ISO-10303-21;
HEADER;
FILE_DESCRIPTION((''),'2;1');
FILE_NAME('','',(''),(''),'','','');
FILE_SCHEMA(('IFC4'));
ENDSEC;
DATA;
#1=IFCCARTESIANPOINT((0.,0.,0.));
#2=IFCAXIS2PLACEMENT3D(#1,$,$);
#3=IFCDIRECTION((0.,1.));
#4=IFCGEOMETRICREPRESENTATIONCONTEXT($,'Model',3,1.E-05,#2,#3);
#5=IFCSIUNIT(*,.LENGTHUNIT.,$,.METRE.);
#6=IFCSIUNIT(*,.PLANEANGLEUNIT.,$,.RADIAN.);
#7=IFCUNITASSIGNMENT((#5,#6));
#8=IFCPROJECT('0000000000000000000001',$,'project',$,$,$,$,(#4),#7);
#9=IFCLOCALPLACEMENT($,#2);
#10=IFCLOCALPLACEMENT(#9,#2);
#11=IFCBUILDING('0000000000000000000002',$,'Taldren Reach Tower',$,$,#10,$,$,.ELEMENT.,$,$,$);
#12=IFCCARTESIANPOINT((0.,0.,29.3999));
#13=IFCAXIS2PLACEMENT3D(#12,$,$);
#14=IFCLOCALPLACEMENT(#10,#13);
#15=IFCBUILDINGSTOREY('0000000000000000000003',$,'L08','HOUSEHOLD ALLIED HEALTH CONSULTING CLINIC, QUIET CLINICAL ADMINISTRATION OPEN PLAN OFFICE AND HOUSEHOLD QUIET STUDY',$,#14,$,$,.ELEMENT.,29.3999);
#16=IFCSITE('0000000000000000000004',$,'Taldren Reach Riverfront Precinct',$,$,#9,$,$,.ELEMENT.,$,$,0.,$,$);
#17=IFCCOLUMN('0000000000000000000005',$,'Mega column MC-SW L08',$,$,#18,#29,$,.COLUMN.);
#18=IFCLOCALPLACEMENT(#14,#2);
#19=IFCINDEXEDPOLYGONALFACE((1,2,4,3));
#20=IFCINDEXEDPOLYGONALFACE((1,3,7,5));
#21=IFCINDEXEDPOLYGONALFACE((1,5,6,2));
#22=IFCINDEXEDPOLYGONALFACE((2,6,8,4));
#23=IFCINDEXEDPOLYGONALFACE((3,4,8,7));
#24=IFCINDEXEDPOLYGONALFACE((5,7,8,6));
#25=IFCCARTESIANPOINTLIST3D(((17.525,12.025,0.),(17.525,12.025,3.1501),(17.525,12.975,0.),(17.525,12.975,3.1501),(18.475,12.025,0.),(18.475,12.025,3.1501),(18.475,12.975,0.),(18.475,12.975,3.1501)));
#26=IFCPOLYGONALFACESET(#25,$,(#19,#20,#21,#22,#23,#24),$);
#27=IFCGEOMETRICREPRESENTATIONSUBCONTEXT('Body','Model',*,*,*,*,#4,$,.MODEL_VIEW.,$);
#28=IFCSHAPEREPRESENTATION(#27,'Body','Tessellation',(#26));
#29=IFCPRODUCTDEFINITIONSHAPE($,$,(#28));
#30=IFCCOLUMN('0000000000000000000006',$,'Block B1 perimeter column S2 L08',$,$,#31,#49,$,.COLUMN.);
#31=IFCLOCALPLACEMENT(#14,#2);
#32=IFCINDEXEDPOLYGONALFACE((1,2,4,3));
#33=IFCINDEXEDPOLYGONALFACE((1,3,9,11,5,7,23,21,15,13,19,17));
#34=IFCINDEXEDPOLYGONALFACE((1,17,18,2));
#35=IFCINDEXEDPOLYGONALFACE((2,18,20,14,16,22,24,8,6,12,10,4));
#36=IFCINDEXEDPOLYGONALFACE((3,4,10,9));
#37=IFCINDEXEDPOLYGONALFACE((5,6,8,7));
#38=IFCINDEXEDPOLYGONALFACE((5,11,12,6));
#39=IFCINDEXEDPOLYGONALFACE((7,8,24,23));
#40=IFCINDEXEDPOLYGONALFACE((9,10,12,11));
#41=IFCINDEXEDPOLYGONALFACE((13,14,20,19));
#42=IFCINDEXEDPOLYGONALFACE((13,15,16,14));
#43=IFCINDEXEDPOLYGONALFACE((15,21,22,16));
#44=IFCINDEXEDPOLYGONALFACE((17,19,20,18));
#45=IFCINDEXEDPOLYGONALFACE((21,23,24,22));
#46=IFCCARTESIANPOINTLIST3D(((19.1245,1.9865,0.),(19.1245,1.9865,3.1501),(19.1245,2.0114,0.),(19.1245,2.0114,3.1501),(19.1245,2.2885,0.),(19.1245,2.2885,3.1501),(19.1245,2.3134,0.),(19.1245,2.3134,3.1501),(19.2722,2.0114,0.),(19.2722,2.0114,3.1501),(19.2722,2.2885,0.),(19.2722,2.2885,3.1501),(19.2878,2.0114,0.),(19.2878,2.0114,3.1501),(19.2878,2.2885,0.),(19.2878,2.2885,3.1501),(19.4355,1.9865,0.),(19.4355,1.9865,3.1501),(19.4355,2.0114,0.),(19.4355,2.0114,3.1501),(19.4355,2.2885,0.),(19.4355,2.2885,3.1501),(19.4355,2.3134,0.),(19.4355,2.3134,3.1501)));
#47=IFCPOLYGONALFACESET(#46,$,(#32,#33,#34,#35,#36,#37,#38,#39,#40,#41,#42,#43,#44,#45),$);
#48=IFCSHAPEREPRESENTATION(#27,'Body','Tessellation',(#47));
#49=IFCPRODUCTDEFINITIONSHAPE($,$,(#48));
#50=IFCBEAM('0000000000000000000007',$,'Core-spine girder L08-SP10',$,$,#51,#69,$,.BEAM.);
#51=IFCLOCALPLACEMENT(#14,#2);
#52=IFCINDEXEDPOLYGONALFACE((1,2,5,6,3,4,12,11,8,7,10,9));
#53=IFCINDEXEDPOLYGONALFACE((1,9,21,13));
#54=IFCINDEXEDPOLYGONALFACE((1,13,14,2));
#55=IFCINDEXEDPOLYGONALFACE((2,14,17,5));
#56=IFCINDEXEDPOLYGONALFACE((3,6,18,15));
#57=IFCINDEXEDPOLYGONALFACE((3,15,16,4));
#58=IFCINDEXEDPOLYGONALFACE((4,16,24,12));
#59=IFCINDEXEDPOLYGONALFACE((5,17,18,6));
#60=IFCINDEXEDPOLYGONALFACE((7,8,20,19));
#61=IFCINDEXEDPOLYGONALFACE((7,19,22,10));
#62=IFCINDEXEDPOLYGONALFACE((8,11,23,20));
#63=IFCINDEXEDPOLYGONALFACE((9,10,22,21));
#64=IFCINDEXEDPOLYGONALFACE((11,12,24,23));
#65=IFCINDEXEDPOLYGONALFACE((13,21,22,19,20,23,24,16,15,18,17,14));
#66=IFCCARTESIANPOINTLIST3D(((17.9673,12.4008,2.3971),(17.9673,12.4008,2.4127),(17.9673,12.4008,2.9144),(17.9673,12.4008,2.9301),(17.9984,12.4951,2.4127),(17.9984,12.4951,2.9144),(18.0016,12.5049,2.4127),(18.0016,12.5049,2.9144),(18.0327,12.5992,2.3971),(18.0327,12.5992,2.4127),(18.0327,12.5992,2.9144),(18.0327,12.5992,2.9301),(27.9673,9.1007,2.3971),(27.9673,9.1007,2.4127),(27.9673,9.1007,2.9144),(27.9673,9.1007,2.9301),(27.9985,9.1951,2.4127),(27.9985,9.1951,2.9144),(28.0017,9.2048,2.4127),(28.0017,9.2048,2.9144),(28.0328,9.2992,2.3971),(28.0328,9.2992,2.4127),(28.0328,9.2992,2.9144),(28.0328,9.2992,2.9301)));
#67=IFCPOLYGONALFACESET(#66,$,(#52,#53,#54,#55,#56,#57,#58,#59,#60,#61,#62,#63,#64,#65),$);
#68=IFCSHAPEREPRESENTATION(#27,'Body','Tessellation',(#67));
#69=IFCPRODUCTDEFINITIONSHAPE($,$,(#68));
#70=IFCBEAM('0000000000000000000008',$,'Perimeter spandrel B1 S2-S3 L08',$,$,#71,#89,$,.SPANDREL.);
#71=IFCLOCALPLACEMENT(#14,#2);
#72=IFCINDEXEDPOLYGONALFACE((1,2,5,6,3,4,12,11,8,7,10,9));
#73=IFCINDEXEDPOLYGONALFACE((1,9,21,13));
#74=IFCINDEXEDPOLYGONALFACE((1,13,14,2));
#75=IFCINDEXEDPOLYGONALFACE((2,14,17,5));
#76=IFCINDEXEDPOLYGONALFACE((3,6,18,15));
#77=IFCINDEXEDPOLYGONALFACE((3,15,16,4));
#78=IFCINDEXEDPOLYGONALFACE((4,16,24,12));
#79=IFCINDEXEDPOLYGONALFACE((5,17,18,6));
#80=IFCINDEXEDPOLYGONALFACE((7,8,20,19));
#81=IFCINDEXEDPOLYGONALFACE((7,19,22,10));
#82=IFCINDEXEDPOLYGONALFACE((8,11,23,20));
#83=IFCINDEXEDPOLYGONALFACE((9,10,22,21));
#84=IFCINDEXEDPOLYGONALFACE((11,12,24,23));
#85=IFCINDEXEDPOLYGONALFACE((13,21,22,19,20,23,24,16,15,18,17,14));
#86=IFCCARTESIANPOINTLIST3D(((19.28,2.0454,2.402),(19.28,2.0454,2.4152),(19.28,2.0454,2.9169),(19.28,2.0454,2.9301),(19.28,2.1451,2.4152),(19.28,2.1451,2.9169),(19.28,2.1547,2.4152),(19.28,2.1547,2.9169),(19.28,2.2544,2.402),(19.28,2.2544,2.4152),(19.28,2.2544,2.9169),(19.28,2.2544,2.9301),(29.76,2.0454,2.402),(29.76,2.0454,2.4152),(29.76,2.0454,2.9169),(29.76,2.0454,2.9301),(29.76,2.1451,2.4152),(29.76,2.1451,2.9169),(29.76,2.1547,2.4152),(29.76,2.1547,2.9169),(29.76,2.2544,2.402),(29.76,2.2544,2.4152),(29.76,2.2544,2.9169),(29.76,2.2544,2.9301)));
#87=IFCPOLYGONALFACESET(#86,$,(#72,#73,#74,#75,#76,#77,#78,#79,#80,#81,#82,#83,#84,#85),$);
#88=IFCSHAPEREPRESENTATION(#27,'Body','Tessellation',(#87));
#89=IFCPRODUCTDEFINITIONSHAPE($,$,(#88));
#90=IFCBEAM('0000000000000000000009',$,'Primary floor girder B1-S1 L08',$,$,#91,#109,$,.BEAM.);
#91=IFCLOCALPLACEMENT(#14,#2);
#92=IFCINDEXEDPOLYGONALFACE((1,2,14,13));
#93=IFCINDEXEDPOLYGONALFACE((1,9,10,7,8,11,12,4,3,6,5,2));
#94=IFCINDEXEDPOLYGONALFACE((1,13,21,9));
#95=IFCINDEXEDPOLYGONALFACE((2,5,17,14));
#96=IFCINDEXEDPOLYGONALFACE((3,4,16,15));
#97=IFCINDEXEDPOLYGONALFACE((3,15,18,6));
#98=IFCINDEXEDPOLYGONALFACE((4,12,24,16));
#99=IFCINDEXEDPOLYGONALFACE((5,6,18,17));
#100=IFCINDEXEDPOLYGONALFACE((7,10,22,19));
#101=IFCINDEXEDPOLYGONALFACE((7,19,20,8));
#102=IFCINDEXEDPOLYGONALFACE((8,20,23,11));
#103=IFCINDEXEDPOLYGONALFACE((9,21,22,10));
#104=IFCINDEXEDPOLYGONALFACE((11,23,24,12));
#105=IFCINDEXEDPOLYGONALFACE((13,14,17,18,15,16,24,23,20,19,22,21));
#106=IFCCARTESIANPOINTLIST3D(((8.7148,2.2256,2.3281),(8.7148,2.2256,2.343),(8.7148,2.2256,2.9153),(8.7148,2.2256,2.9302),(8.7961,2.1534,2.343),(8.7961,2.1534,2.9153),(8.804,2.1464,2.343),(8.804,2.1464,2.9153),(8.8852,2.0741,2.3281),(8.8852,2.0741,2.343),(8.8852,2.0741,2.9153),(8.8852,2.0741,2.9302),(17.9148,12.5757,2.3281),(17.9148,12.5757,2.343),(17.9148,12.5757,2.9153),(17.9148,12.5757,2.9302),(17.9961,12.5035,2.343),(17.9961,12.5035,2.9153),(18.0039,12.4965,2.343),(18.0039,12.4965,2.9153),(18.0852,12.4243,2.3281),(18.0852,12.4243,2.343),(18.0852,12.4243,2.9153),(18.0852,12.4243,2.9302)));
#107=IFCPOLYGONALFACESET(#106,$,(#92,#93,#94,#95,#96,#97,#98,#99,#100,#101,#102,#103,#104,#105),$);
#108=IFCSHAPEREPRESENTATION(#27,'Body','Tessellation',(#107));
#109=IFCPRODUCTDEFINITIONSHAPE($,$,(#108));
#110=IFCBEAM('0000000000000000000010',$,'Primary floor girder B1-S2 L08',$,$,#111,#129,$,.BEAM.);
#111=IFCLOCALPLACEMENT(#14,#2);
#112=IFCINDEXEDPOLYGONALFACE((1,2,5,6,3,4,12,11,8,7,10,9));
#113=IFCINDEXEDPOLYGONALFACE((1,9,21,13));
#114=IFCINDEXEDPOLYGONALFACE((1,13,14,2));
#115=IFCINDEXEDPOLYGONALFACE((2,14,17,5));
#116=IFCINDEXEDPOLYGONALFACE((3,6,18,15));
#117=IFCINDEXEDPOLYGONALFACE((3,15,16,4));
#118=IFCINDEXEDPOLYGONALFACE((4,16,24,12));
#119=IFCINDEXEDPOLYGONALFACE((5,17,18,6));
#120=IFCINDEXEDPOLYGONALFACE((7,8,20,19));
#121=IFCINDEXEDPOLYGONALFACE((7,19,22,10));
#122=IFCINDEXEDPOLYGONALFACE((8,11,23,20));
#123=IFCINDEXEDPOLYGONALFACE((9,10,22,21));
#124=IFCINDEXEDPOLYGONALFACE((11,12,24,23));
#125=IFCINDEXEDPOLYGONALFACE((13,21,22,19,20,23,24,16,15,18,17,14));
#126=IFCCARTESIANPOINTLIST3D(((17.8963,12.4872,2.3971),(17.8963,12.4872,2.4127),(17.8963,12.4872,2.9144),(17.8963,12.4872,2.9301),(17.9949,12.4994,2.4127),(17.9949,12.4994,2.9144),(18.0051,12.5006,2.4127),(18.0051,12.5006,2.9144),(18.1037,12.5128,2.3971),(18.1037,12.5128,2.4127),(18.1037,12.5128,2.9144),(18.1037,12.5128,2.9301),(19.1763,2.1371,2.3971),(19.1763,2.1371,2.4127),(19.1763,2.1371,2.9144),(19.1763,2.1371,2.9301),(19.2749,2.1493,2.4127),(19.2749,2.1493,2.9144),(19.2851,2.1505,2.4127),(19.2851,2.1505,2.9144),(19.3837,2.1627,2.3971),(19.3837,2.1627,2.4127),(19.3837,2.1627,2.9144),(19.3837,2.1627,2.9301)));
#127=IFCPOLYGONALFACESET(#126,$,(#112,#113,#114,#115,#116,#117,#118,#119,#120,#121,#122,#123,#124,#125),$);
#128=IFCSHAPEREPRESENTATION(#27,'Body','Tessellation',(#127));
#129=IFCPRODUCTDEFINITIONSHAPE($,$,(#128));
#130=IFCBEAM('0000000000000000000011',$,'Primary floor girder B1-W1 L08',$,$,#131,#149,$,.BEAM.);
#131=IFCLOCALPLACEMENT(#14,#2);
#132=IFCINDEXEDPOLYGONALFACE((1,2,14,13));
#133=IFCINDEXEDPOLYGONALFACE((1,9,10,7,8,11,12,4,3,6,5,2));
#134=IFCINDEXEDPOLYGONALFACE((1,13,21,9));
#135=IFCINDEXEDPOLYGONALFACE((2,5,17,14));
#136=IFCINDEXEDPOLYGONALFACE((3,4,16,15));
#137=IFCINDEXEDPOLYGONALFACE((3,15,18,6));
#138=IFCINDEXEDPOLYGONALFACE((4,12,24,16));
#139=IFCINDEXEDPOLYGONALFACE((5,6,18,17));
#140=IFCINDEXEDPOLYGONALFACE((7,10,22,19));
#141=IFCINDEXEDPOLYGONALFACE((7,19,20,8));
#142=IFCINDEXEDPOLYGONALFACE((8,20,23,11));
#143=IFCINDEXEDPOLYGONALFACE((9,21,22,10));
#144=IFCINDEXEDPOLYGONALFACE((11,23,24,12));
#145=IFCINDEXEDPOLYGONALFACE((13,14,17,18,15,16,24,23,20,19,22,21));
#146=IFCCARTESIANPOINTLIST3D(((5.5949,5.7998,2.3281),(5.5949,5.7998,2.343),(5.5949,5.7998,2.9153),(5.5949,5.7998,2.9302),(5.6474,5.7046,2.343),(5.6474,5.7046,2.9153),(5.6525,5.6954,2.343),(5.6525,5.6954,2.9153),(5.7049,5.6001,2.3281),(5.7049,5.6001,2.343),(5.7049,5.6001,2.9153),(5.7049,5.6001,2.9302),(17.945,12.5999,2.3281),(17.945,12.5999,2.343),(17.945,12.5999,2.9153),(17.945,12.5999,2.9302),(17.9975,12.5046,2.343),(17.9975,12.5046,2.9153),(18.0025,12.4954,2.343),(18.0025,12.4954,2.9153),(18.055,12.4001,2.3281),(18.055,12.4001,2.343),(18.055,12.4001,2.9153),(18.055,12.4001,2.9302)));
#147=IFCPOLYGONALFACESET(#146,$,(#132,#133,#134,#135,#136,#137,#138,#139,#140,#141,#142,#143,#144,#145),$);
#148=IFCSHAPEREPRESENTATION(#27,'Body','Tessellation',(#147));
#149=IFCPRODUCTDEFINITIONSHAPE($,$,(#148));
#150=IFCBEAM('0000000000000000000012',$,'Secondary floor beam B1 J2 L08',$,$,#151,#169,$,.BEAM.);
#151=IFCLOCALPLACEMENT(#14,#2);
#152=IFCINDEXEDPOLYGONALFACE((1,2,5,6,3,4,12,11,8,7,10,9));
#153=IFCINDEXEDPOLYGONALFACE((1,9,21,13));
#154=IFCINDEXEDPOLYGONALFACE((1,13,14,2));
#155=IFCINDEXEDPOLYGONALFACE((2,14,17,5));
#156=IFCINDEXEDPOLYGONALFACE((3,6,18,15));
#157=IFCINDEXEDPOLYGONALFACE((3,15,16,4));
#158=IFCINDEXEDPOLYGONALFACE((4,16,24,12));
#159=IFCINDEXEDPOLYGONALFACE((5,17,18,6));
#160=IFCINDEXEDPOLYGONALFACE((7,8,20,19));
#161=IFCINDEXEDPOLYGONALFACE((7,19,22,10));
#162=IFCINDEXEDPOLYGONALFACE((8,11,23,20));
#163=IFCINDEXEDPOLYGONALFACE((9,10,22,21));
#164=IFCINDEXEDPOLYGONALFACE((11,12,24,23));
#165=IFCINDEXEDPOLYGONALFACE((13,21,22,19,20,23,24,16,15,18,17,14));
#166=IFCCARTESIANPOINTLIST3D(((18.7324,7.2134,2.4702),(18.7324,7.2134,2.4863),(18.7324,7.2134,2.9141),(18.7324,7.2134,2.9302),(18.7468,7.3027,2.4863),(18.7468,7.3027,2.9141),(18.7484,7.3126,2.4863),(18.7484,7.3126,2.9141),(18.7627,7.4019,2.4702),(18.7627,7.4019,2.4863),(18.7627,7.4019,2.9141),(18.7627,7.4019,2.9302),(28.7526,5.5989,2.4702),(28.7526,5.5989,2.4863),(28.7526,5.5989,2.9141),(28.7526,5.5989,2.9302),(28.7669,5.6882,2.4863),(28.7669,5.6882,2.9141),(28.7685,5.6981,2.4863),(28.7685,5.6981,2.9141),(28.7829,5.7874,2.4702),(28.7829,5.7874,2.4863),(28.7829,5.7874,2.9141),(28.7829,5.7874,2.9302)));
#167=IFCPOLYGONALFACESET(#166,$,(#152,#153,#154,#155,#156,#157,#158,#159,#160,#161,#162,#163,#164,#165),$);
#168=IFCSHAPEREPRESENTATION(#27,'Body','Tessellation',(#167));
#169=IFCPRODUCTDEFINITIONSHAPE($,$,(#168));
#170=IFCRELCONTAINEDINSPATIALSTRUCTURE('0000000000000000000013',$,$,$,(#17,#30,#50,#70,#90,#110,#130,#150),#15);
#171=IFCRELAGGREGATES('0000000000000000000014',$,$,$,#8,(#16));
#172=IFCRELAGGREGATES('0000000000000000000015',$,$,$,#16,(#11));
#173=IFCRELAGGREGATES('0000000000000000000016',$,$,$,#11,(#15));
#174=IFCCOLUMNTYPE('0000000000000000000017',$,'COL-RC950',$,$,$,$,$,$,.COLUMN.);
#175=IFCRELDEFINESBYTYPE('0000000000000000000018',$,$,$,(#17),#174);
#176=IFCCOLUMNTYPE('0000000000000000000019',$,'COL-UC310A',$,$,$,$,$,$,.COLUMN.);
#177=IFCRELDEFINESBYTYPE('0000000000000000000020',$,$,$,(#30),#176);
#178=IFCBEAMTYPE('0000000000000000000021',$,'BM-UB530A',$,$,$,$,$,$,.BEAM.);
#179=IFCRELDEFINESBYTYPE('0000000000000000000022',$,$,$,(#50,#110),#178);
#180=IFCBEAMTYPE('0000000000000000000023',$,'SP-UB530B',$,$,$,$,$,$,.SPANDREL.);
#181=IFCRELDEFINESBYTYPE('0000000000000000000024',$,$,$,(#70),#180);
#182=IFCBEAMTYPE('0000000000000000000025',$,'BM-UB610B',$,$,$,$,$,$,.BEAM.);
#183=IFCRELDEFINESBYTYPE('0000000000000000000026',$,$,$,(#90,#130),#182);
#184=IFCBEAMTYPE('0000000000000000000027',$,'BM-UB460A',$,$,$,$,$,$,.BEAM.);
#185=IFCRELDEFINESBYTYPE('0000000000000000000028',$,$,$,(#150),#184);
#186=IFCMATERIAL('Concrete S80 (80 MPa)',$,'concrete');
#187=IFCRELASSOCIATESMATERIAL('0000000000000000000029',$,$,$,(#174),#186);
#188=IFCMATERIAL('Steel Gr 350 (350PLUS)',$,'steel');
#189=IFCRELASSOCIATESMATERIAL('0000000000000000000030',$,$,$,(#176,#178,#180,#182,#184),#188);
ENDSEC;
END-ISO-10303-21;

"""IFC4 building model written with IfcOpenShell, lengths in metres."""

from ifc_helpers import new_model, si_unit, direction, frame, origin, origin_2d, place, context, subcontext, project, spatial, rectangle, i_section, extrude, source, transform, mapped, material, material_profile, profile_set, type_object, element, save


model = new_model("IFC4")

# Units and contexts
model_context = context("Model", 3, precision=1e-05, world=origin(), true_north=direction((0.0, 1.0)))
body_context = subcontext(model_context, "Body", "Model", "MODEL_VIEW")
ifc_project = project(units=[si_unit("LENGTHUNIT", "METRE"), si_unit("PLANEANGLEUNIT", "RADIAN")], contexts=[model_context])

# Site, building, storey
site_placement = place(None, origin())
site = spatial("IfcSite", under=ifc_project, at=site_placement, Name="Taldren Reach Riverfront Precinct", CompositionType="ELEMENT", RefElevation=0.0)
building_placement = place(site_placement, origin())
building = spatial("IfcBuilding", under=site, at=building_placement, Name="Taldren Reach Tower", CompositionType="ELEMENT")
storey_placement = place(building_placement, frame((0.0, 0.0, 29.3999)))
storey = spatial("IfcBuildingStorey", under=building, at=storey_placement, Name="L08", Description="HOUSEHOLD ALLIED HEALTH CONSULTING CLINIC, QUIET CLINICAL ADMINISTRATION OPEN PLAN OFFICE AND HOUSEHOLD QUIET STUDY", CompositionType="ELEMENT", Elevation=29.3999)

# Columns
ifc_material_1 = material(Name="Concrete S80 (80 MPa)", Category="concrete")
ifc_material_profile_1 = material_profile(ifc_material_1, rectangle(XDim=0.95, YDim=0.95, at=origin_2d()), Name="RC-950x950")
ifc_profile_set_1 = profile_set([ifc_material_profile_1], Name="Concrete S80 (80 MPa)")
column_type_1 = type_object("IfcColumnType", Name="COL-RC950", PredefinedType="COLUMN", material=ifc_profile_set_1)
shared_shape_1 = source(origin(), body_context, "Body", "SweptSolid", [
    extrude(rectangle(XDim=0.95, YDim=0.95, at=origin_2d()), origin(), (0.0, 0.0, 1.0), 3.1501),
])
column_1_placement = place(storey_placement, frame((18.0, 12.5, 0.0), z_axis=(0.0, 0.0, 1.0), x_axis=(1.0, 0.0, 0.0)))
element("IfcColumn", 1, at=column_1_placement, inside=storey, type_object=column_type_1, Name="Mega column MC-SW L08", PredefinedType="COLUMN", context=body_context, shape_type="MappedRepresentation", body=[
    mapped(shared_shape_1, transform((0.0, 0.0, 0.0), scale=1.0)),
])
ifc_material_2 = material(Name="Steel Gr 350 (350PLUS)", Category="steel")
ifc_material_profile_2 = material_profile(ifc_material_2, i_section(OverallWidth=0.311, OverallDepth=0.3269, WebThickness=0.0156, FlangeThickness=0.0249, at=origin_2d()), Name="310UC158")
ifc_profile_set_2 = profile_set([ifc_material_profile_2], Name="Steel Gr 350 (350PLUS)")
column_type_2 = type_object("IfcColumnType", Name="COL-UC310A", PredefinedType="COLUMN", material=ifc_profile_set_2)
shared_shape_2 = source(origin(), body_context, "Body", "SweptSolid", [
    extrude(i_section(OverallWidth=0.311, OverallDepth=0.3269, WebThickness=0.0156, FlangeThickness=0.0249, at=origin_2d()), origin(), (0.0, 0.0, 1.0), 3.1501),
])
column_2_placement = place(storey_placement, frame((19.28, 2.1499, 0.0), z_axis=(0.0, 0.0, 1.0), x_axis=(1.0, 0.0, 0.0)))
element("IfcColumn", 2, at=column_2_placement, inside=storey, type_object=column_type_2, Name="Block B1 perimeter column S2 L08", PredefinedType="COLUMN", context=body_context, shape_type="MappedRepresentation", body=[
    mapped(shared_shape_2, transform((0.0, 0.0, 0.0), scale=1.0)),
])

# Beams
ifc_material_profile_3 = material_profile(ifc_material_2, i_section(OverallWidth=0.209, OverallDepth=0.533, WebThickness=0.0103, FlangeThickness=0.0156, at=origin_2d()), Name="530UB92.4")
ifc_profile_set_3 = profile_set([ifc_material_profile_3], Name="Steel Gr 350 (350PLUS)")
beam_type_1 = type_object("IfcBeamType", Name="BM-UB530A", PredefinedType="BEAM", material=ifc_profile_set_3)
shared_shape_3 = source(origin(), body_context, "Body", "SweptSolid", [
    extrude(i_section(OverallWidth=0.209, OverallDepth=0.533, WebThickness=0.0103, FlangeThickness=0.0156, at=origin_2d()), origin(), (0.0, 0.0, 1.0), 10.5305),
])
beam_1_placement = place(storey_placement, frame((18.0, 12.5, 2.6636), z_axis=(0.949627, -0.313382, 0.0), x_axis=(0.313382, 0.949627, 0.0)))
element("IfcBeam", 3, at=beam_1_placement, inside=storey, type_object=beam_type_1, Name="Core-spine girder L08-SP10", PredefinedType="BEAM", context=body_context, shape_type="MappedRepresentation", body=[
    mapped(shared_shape_3, transform((0.0, 0.0, 0.0), scale=1.0)),
])
ifc_material_profile_4 = material_profile(ifc_material_2, i_section(OverallWidth=0.209, OverallDepth=0.5281, WebThickness=0.0095, FlangeThickness=0.0132, at=origin_2d()), Name="530UB82.0")
ifc_profile_set_4 = profile_set([ifc_material_profile_4], Name="Steel Gr 350 (350PLUS)")
beam_type_2 = type_object("IfcBeamType", Name="SP-UB530B", PredefinedType="SPANDREL", material=ifc_profile_set_4)
shared_shape_4 = source(origin(), body_context, "Body", "SweptSolid", [
    extrude(i_section(OverallWidth=0.209, OverallDepth=0.5281, WebThickness=0.0095, FlangeThickness=0.0132, at=origin_2d()), origin(), (0.0, 0.0, 1.0), 10.48),
])
beam_2_placement = place(storey_placement, frame((19.28, 2.1499, 2.666), z_axis=(1.0, 0.0, 0.0), x_axis=(0.0, 1.0, 0.0)))
element("IfcBeam", 4, at=beam_2_placement, inside=storey, type_object=beam_type_2, Name="Perimeter spandrel B1 S2-S3 L08", PredefinedType="SPANDREL", context=body_context, shape_type="MappedRepresentation", body=[
    mapped(shared_shape_4, transform((0.0, 0.0, 0.0), scale=1.0)),
])
ifc_material_profile_5 = material_profile(ifc_material_2, i_section(OverallWidth=0.228, OverallDepth=0.6021, WebThickness=0.0105, FlangeThickness=0.0149, at=origin_2d()), Name="610UB101")
ifc_profile_set_5 = profile_set([ifc_material_profile_5], Name="Steel Gr 350 (350PLUS)")
beam_type_3 = type_object("IfcBeamType", Name="BM-UB610B", PredefinedType="BEAM", material=ifc_profile_set_5)
shared_shape_5 = source(origin(), body_context, "Body", "SweptSolid", [
    extrude(i_section(OverallWidth=0.228, OverallDepth=0.6021, WebThickness=0.0105, FlangeThickness=0.0149, at=origin_2d()), origin(), (0.0, 0.0, 1.0), 13.8479),
])
beam_3_placement = place(storey_placement, frame((18.0, 12.5, 2.6292), z_axis=(-0.664358, -0.747414, 0.0), x_axis=(0.747414, -0.664358, 0.0)))
element("IfcBeam", 5, at=beam_3_placement, inside=storey, type_object=beam_type_3, Name="Primary floor girder B1-S1 L08", PredefinedType="BEAM", context=body_context, shape_type="MappedRepresentation", body=[
    mapped(shared_shape_5, transform((0.0, 0.0, 0.0), scale=1.0)),
])
shared_shape_6 = source(origin(), body_context, "Body", "SweptSolid", [
    extrude(i_section(OverallWidth=0.209, OverallDepth=0.533, WebThickness=0.0103, FlangeThickness=0.0156, at=origin_2d()), origin(), (0.0, 0.0, 1.0), 10.429),
])
beam_4_placement = place(storey_placement, frame((18.0, 12.5, 2.6636), z_axis=(0.122738, -0.992439, 0.0), x_axis=(0.992439, 0.122738, 0.0)))
element("IfcBeam", 6, at=beam_4_placement, inside=storey, type_object=beam_type_1, Name="Primary floor girder B1-S2 L08", PredefinedType="BEAM", context=body_context, shape_type="MappedRepresentation", body=[
    mapped(shared_shape_6, transform((0.0, 0.0, 0.0), scale=1.0)),
])
shared_shape_7 = source(origin(), body_context, "Body", "SweptSolid", [
    extrude(i_section(OverallWidth=0.228, OverallDepth=0.6021, WebThickness=0.0105, FlangeThickness=0.0149, at=origin_2d()), origin(), (0.0, 0.0, 1.0), 14.0984),
])
beam_5_placement = place(storey_placement, frame((18.0, 12.5, 2.6292), z_axis=(-0.875991, -0.482327, 0.0), x_axis=(0.482327, -0.875991, 0.0)))
element("IfcBeam", 7, at=beam_5_placement, inside=storey, type_object=beam_type_3, Name="Primary floor girder B1-W1 L08", PredefinedType="BEAM", context=body_context, shape_type="MappedRepresentation", body=[
    mapped(shared_shape_7, transform((0.0, 0.0, 0.0), scale=1.0)),
])
ifc_material_profile_6 = material_profile(ifc_material_2, i_section(OverallWidth=0.1909, OverallDepth=0.46, WebThickness=0.01, FlangeThickness=0.0161, at=origin_2d()), Name="460UB82.1")
ifc_profile_set_6 = profile_set([ifc_material_profile_6], Name="Steel Gr 350 (350PLUS)")
beam_type_4 = type_object("IfcBeamType", Name="BM-UB460A", PredefinedType="BEAM", material=ifc_profile_set_6)
shared_shape_8 = source(origin(), body_context, "Body", "SweptSolid", [
    extrude(i_section(OverallWidth=0.1909, OverallDepth=0.46, WebThickness=0.01, FlangeThickness=0.0161, at=origin_2d()), origin(), (0.0, 0.0, 1.0), 10.1494),
])
beam_6_placement = place(storey_placement, frame((18.7476, 7.3076, 2.7002), z_axis=(0.987267, -0.159072, 0.0), x_axis=(0.159072, 0.987267, 0.0)))
element("IfcBeam", 8, at=beam_6_placement, inside=storey, type_object=beam_type_4, Name="Secondary floor beam B1 J2 L08", PredefinedType="BEAM", context=body_context, shape_type="MappedRepresentation", body=[
    mapped(shared_shape_8, transform((0.0, 0.0, 0.0), scale=1.0)),
])

save(model, "model.ifc")
